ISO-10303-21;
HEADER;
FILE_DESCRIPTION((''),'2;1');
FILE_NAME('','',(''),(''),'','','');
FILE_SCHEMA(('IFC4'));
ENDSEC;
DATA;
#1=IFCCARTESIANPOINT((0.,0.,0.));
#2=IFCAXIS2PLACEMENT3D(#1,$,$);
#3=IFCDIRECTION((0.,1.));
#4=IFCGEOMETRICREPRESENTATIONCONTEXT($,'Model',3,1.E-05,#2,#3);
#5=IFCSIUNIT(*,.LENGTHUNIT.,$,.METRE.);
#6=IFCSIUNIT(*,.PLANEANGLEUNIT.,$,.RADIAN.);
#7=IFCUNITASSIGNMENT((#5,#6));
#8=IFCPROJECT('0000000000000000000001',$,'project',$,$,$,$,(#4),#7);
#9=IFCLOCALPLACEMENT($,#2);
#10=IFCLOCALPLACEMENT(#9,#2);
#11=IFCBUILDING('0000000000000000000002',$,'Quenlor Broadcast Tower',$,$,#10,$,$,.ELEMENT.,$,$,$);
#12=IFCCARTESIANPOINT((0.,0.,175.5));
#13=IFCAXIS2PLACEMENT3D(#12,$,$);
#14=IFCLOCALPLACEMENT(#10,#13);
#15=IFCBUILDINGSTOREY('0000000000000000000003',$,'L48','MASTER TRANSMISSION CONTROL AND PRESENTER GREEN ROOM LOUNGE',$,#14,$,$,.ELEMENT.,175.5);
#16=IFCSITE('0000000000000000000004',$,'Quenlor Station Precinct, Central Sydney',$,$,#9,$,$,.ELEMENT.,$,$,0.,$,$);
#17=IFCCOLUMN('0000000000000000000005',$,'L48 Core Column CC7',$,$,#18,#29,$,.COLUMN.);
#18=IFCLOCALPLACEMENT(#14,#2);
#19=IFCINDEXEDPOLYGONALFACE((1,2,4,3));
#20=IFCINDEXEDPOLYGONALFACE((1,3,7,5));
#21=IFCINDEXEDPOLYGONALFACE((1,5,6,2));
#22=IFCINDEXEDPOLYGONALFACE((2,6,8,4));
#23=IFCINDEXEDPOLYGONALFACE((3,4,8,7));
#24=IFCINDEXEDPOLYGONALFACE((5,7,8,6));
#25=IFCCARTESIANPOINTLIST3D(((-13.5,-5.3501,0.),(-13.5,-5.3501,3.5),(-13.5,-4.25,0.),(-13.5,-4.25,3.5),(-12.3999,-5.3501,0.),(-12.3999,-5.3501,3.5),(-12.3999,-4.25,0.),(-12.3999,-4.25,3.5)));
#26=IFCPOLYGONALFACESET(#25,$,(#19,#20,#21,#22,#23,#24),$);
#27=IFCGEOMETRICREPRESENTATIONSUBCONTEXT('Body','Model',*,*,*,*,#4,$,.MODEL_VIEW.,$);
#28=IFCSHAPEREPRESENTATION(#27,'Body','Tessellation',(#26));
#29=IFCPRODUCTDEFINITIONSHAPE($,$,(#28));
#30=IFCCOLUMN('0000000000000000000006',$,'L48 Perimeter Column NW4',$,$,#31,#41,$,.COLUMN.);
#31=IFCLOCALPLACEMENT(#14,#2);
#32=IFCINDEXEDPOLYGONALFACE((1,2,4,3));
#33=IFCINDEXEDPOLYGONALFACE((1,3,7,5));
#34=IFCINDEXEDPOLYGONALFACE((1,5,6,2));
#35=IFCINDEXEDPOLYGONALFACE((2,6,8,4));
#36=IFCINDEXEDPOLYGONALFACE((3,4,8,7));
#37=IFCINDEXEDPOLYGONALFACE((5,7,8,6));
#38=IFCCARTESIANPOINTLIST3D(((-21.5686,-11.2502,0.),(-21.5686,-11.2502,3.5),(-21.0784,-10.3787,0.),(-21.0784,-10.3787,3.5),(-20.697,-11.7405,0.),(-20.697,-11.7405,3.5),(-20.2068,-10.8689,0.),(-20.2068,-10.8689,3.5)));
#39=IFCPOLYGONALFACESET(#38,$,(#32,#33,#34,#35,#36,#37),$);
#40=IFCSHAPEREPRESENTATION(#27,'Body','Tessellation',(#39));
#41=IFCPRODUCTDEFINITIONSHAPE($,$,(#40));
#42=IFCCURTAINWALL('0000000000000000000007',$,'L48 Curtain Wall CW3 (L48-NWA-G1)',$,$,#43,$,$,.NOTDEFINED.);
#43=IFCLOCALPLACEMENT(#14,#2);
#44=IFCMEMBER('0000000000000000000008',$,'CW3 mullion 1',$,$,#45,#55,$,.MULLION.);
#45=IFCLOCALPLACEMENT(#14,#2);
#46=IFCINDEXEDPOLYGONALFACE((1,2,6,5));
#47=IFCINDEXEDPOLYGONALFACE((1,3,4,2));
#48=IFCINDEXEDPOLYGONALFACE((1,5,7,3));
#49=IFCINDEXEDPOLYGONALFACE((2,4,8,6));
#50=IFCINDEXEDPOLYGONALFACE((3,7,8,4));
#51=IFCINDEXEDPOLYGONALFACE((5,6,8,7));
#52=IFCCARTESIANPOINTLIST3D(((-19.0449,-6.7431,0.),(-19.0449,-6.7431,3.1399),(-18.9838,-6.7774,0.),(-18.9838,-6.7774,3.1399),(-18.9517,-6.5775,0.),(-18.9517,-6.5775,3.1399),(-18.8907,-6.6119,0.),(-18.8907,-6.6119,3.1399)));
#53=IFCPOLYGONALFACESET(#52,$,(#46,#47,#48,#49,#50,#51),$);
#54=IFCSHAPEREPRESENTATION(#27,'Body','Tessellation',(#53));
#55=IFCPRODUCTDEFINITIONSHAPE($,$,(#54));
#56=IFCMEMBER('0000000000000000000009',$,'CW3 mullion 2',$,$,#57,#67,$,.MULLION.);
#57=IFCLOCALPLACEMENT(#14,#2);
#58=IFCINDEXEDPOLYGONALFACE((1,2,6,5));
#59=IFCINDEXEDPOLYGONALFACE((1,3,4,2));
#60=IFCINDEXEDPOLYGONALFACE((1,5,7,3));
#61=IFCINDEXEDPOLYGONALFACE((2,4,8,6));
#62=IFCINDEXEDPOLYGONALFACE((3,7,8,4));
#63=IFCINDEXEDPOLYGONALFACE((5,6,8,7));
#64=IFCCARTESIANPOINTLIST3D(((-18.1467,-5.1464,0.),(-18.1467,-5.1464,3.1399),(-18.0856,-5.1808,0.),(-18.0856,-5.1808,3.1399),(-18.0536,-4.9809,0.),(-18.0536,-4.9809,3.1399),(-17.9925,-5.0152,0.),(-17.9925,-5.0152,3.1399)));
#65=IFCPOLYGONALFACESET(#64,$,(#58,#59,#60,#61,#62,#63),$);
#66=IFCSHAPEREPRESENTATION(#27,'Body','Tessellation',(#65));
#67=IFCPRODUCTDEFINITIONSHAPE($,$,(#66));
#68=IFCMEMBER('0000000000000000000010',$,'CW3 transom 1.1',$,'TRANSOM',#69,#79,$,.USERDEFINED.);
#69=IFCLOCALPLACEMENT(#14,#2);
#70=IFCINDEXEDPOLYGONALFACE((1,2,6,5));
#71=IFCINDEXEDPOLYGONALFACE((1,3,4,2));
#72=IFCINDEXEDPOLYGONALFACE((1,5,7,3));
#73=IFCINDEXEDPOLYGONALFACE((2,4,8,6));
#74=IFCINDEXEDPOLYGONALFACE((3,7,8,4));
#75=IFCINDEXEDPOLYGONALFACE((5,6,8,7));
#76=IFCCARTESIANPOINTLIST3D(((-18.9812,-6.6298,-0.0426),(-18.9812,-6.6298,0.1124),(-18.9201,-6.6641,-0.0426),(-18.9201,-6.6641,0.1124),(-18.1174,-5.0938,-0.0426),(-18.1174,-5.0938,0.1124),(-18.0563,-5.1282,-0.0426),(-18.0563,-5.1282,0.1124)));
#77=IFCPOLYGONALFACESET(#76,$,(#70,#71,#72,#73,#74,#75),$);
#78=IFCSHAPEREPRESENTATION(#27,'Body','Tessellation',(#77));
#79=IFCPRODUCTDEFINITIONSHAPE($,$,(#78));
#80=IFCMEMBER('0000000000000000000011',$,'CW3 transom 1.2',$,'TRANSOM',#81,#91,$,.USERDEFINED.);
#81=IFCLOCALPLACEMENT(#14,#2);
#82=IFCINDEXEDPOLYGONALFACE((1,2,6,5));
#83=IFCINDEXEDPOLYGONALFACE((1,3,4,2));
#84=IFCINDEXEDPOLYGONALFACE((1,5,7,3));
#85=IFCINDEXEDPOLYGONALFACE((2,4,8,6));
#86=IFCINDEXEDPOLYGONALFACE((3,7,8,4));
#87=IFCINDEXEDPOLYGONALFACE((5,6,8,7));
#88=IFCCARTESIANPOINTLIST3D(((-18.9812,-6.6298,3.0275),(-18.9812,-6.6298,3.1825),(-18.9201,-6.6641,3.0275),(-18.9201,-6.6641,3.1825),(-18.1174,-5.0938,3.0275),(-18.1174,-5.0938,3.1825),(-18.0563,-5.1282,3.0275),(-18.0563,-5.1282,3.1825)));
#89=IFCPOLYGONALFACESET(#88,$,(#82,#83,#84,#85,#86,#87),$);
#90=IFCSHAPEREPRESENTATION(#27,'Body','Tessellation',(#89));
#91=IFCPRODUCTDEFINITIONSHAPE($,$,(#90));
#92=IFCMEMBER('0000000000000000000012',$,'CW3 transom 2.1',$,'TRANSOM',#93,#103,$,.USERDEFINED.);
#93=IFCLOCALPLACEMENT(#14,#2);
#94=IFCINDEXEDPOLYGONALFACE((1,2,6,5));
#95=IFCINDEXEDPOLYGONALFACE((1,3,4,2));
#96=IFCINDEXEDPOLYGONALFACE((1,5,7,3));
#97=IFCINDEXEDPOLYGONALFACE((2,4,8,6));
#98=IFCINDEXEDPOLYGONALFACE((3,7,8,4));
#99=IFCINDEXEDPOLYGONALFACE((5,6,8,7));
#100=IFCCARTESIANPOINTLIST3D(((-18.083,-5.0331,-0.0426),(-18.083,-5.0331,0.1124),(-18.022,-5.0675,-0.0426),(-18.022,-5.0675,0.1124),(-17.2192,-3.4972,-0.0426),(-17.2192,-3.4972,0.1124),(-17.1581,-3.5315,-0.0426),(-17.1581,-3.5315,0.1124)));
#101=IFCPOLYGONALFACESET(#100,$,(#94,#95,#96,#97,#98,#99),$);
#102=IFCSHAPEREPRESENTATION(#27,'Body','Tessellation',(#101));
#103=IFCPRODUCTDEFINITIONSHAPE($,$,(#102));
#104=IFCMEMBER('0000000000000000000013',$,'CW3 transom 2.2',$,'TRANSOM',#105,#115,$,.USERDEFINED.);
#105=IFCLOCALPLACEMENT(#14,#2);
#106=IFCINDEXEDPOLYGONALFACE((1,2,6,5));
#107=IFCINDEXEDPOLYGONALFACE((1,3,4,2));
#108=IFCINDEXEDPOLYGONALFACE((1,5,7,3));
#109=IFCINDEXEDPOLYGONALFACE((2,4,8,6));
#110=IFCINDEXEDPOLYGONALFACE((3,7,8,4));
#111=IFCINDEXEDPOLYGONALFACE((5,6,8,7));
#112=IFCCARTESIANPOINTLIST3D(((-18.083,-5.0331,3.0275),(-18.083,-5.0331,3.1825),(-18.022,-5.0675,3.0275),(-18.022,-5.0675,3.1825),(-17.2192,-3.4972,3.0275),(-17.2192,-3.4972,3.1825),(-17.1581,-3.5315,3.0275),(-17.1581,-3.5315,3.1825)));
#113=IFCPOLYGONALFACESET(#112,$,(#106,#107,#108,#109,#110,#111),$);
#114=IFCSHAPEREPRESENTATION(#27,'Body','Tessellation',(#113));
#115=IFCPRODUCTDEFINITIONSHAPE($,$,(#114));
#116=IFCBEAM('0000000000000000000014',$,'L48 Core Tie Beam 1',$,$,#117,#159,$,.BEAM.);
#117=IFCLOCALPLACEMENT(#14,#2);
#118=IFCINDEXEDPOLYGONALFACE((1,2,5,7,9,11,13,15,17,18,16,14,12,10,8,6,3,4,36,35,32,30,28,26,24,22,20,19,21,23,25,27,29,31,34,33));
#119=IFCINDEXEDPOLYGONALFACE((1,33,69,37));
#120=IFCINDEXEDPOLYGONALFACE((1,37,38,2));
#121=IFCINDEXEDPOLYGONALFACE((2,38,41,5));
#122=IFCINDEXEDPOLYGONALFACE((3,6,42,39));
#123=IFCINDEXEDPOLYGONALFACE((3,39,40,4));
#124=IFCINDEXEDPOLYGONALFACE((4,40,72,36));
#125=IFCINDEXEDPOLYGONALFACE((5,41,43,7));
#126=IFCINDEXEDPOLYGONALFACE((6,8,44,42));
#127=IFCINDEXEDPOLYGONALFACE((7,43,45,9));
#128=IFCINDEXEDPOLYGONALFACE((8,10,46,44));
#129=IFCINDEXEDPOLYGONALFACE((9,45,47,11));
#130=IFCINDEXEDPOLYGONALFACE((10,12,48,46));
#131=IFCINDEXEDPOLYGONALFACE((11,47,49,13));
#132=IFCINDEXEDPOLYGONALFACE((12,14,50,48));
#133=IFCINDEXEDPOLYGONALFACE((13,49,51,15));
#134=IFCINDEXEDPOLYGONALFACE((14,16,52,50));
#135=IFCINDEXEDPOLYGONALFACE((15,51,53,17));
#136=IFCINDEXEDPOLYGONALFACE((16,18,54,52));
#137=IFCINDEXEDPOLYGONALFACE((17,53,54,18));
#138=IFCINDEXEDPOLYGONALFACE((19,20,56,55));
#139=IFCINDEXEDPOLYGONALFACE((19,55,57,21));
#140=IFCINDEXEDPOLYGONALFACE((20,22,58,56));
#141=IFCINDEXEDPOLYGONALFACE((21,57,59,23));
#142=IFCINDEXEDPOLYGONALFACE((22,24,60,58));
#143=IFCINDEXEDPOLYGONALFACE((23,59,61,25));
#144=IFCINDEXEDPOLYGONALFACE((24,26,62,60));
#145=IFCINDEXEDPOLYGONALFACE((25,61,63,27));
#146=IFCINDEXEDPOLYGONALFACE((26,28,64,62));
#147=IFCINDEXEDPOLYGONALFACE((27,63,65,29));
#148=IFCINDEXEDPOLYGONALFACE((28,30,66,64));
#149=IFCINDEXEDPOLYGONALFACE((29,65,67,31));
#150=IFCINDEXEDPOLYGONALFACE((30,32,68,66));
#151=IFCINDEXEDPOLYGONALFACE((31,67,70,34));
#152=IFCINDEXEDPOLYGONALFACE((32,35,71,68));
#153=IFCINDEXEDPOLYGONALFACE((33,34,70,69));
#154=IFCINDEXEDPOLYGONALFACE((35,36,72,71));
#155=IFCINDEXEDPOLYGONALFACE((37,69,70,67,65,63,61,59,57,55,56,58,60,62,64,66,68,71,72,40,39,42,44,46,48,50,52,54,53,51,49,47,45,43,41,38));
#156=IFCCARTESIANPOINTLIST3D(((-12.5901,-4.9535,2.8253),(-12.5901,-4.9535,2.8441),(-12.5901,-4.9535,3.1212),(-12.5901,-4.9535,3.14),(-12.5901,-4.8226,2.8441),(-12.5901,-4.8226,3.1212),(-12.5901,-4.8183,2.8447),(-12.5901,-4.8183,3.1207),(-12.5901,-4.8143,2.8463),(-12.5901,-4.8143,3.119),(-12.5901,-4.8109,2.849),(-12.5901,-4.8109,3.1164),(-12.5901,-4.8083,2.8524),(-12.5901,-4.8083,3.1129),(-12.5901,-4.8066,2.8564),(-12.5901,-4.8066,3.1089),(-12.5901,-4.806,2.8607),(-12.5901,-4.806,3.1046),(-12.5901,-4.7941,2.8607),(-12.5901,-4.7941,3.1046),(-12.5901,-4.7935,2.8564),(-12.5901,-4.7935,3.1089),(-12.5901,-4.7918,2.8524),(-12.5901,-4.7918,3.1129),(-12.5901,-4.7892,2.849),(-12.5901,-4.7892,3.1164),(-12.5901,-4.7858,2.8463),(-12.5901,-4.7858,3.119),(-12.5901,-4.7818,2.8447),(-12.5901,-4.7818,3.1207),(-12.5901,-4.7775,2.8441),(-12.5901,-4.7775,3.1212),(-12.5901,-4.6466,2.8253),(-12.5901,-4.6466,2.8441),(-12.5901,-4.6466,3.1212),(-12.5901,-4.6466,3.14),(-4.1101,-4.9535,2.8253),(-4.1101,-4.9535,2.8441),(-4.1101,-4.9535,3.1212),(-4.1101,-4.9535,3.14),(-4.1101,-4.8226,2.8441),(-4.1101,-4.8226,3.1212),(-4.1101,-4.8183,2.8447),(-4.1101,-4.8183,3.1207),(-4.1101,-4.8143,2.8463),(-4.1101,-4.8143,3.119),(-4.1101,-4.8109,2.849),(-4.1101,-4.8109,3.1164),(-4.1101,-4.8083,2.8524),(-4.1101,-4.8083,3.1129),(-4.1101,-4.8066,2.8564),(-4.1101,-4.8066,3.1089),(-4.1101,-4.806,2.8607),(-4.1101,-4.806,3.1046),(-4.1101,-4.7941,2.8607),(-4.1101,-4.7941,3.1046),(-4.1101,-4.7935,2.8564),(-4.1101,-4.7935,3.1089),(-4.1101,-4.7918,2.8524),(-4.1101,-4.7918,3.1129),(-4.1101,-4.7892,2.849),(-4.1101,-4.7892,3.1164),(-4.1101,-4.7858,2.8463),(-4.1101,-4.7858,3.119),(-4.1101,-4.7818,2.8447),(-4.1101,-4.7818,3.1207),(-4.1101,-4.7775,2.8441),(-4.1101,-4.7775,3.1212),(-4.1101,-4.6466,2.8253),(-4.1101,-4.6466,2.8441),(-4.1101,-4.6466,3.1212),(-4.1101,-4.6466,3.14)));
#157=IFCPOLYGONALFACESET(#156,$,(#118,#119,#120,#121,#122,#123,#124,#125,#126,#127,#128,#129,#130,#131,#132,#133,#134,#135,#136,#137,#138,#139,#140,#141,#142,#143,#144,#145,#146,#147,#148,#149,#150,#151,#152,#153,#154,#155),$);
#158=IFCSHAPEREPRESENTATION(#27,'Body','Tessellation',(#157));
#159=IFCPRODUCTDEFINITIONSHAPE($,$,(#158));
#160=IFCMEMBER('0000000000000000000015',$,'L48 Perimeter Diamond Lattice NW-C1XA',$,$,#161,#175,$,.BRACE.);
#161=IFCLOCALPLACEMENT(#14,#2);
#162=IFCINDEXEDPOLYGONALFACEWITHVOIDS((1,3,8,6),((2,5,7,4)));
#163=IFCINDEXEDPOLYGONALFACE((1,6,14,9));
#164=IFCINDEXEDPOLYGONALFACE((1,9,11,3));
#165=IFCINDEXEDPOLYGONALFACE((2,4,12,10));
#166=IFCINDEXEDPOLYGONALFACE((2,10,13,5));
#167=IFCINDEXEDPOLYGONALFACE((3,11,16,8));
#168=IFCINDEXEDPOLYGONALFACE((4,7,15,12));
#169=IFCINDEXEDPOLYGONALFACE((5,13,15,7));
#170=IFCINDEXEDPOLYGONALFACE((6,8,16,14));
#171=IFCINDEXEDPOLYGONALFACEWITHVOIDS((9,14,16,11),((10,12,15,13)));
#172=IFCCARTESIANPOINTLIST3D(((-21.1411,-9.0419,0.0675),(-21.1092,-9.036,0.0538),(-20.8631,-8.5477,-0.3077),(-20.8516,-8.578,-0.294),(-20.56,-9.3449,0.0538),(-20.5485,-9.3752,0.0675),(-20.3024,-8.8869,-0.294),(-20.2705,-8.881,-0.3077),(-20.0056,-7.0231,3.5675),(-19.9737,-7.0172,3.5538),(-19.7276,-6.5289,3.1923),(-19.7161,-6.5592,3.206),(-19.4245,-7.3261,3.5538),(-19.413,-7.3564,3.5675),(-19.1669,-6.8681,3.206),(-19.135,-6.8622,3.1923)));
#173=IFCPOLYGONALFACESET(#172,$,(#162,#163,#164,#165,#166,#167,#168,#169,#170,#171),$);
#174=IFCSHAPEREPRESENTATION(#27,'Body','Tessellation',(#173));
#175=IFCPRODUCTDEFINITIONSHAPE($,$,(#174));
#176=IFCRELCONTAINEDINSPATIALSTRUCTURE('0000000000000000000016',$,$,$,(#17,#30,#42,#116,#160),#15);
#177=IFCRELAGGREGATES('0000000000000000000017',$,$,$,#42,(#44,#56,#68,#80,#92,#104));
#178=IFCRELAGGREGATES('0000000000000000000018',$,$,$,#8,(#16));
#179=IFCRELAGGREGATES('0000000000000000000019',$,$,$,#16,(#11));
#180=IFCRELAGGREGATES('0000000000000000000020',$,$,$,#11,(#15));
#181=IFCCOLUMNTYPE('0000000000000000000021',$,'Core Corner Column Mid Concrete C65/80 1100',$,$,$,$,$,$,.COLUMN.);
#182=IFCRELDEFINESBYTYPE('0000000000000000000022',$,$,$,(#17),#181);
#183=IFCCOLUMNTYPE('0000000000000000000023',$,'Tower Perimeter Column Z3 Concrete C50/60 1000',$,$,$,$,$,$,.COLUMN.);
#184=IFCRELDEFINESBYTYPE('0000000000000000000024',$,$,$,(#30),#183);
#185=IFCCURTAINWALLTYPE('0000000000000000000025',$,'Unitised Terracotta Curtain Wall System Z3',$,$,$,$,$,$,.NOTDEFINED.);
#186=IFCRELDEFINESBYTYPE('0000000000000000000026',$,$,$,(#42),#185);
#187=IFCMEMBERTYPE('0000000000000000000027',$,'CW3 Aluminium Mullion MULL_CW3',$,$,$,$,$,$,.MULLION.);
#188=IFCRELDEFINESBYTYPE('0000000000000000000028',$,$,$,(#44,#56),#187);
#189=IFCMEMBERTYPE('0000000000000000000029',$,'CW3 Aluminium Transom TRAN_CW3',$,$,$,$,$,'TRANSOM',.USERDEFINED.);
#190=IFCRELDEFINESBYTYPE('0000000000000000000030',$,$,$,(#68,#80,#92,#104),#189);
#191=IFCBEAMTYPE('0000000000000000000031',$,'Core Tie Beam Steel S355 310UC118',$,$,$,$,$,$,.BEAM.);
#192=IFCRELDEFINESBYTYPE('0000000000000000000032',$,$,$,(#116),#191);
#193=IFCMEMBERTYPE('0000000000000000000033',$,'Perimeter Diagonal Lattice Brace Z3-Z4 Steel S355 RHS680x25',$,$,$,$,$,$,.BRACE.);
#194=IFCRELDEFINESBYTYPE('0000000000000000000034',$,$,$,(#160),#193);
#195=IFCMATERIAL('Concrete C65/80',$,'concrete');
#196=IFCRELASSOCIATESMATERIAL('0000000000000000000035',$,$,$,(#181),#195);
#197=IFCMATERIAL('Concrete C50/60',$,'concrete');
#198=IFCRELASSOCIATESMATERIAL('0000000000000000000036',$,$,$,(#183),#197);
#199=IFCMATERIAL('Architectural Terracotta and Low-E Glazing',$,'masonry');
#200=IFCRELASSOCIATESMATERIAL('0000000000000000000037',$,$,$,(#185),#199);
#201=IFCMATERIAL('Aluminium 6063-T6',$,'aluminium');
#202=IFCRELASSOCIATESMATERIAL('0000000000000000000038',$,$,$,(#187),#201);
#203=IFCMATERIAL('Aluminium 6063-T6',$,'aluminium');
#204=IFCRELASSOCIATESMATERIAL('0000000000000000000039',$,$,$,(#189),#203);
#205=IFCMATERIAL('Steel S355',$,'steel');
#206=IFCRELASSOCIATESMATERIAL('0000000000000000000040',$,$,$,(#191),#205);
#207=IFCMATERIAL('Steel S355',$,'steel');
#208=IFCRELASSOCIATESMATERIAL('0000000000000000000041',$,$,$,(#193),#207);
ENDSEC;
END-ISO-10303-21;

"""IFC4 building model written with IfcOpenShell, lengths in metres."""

from ifc_helpers import new_model, si_unit, direction, frame, origin, origin_2d, place, context, subcontext, project, spatial, rectangle, hollow_rectangle, i_section, extrude, material, material_profile, profile_set, type_object, element, aggregate, save


model = new_model("IFC4")

# Units and contexts
model_context = context("Model", 3, precision=1e-05, world=origin(), true_north=direction((0.0, 1.0)))
body_context = subcontext(model_context, "Body", "Model", "MODEL_VIEW")
ifc_project = project(units=[si_unit("LENGTHUNIT", "METRE"), si_unit("PLANEANGLEUNIT", "RADIAN")], contexts=[model_context])

# Site, building, storey
site_placement = place(None, origin())
site = spatial("IfcSite", under=ifc_project, at=site_placement, Name="Quenlor Station Precinct, Central Sydney", CompositionType="ELEMENT", RefElevation=0.0)
building_placement = place(site_placement, origin())
building = spatial("IfcBuilding", under=site, at=building_placement, Name="Quenlor Broadcast Tower", CompositionType="ELEMENT")
storey_placement = place(building_placement, frame((0.0, 0.0, 175.5)))
storey = spatial("IfcBuildingStorey", under=building, at=storey_placement, Name="L48", Description="MASTER TRANSMISSION CONTROL AND PRESENTER GREEN ROOM LOUNGE", CompositionType="ELEMENT", Elevation=175.5)

# Columns
ifc_material_1 = material(Name="Concrete C65/80", Category="concrete")
ifc_material_profile_1 = material_profile(ifc_material_1, rectangle(XDim=1.1001, YDim=1.1001, at=origin_2d()))
ifc_profile_set_1 = profile_set([ifc_material_profile_1], Name="Concrete C65/80 RC1100x1100")
column_type_1 = type_object("IfcColumnType", Name="Core Corner Column Mid Concrete C65/80 1100", PredefinedType="COLUMN", material=ifc_profile_set_1)
column_1_placement = place(storey_placement, frame((-12.95, -4.8, 0.0), z_axis=(0.0, 0.0, 1.0), x_axis=(1.0, 0.0, 0.0)))
element("IfcColumn", 1, at=column_1_placement, inside=storey, type_object=column_type_1, Name="L48 Core Column CC7", PredefinedType="COLUMN", context=body_context, shape_type="SweptSolid", body=[
    extrude(rectangle(XDim=1.1001, YDim=1.1001, at=origin_2d()), origin(), (0.0, 0.0, 1.0), 3.5),
])
ifc_material_2 = material(Name="Concrete C50/60", Category="concrete")
ifc_material_profile_2 = material_profile(ifc_material_2, rectangle(XDim=1.0, YDim=1.0, at=origin_2d()))
ifc_profile_set_2 = profile_set([ifc_material_profile_2], Name="Concrete C50/60 RC1000x1000")
column_type_2 = type_object("IfcColumnType", Name="Tower Perimeter Column Z3 Concrete C50/60 1000", PredefinedType="COLUMN", material=ifc_profile_set_2)
column_2_placement = place(storey_placement, frame((-20.8877, -11.0596, 0.0), z_axis=(0.0, 0.0, 1.0), x_axis=(-0.871575, 0.490262, 0.0)))
element("IfcColumn", 2, at=column_2_placement, inside=storey, type_object=column_type_2, Name="L48 Perimeter Column NW4", PredefinedType="COLUMN", context=body_context, shape_type="SweptSolid", body=[
    extrude(rectangle(XDim=1.0, YDim=1.0, at=origin_2d()), origin(), (0.0, 0.0, 1.0), 3.5),
])

# Curtain wall, members
ifc_material_3 = material(Name="Architectural Terracotta and Low-E Glazing", Category="masonry")
curtain_wall_type = type_object("IfcCurtainWallType", Name="Unitised Terracotta Curtain Wall System Z3", PredefinedType="NOTDEFINED", material=ifc_material_3)
curtain_wall_placement = place(storey_placement, origin())
curtain_wall = element("IfcCurtainWall", 3, at=curtain_wall_placement, inside=storey, type_object=curtain_wall_type, Name="L48 Curtain Wall CW3 (L48-NWA-G1)", PredefinedType="NOTDEFINED")
ifc_material_4 = material(Name="Aluminium 6063-T6", Category="aluminium")
ifc_material_profile_3 = material_profile(ifc_material_4, rectangle(XDim=0.0701, YDim=0.1899, at=origin_2d()))
ifc_profile_set_3 = profile_set([ifc_material_profile_3], Name="Aluminium 6063-T6 MULL70x190")
member_type_1 = type_object("IfcMemberType", Name="CW3 Aluminium Mullion MULL_CW3", PredefinedType="MULLION", material=ifc_profile_set_3)
member_1_placement = place(storey_placement, frame((-18.9678, -6.6775, 0.0), z_axis=(0.0, 0.0, 1.0), x_axis=(-0.871577, 0.490259, 0.0)))
member_1 = element("IfcMember", 4, at=member_1_placement, type_object=member_type_1, Name="CW3 mullion 1", PredefinedType="MULLION", context=body_context, shape_type="SweptSolid", body=[
    extrude(rectangle(XDim=0.0701, YDim=0.1899, at=origin_2d()), origin(), (0.0, 0.0, 1.0), 3.1399),
])
member_2_placement = place(storey_placement, frame((-18.0696, -5.0808, 0.0), z_axis=(0.0, 0.0, 1.0), x_axis=(-0.871577, 0.490259, 0.0)))
member_2 = element("IfcMember", 5, at=member_2_placement, type_object=member_type_1, Name="CW3 mullion 2", PredefinedType="MULLION", context=body_context, shape_type="SweptSolid", body=[
    extrude(rectangle(XDim=0.0701, YDim=0.1899, at=origin_2d()), origin(), (0.0, 0.0, 1.0), 3.1399),
])
ifc_material_5 = material(Name="Aluminium 6063-T6", Category="aluminium")
ifc_material_profile_4 = material_profile(ifc_material_5, rectangle(XDim=0.0701, YDim=0.155, at=origin_2d()))
ifc_profile_set_4 = profile_set([ifc_material_profile_4], Name="Aluminium 6063-T6 TRAN70x155")
member_type_2 = type_object("IfcMemberType", Name="CW3 Aluminium Transom TRAN_CW3", ElementType="TRANSOM", PredefinedType="USERDEFINED", material=ifc_profile_set_4)
member_3_placement = place(storey_placement, frame((-18.9507, -6.647, 0.0349), z_axis=(0.490189, 0.871616, 0.0), x_axis=(-0.871616, 0.490189, 0.0)))
member_3 = element("IfcMember", 6, at=member_3_placement, type_object=member_type_2, Name="CW3 transom 1.1", ObjectType="TRANSOM", PredefinedType="USERDEFINED", context=body_context, shape_type="SweptSolid", body=[
    extrude(rectangle(XDim=0.0701, YDim=0.155, at=origin_2d()), origin(), (0.0, 0.0, 1.0), 1.7622),
])
member_4_placement = place(storey_placement, frame((-18.9507, -6.647, 3.105), z_axis=(0.490189, 0.871616, 0.0), x_axis=(-0.871616, 0.490189, 0.0)))
member_4 = element("IfcMember", 7, at=member_4_placement, type_object=member_type_2, Name="CW3 transom 1.2", ObjectType="TRANSOM", PredefinedType="USERDEFINED", context=body_context, shape_type="SweptSolid", body=[
    extrude(rectangle(XDim=0.0701, YDim=0.155, at=origin_2d()), origin(), (0.0, 0.0, 1.0), 1.7622),
])
member_5_placement = place(storey_placement, frame((-18.0525, -5.0503, 0.0349), z_axis=(0.490189, 0.871616, 0.0), x_axis=(-0.871616, 0.490189, 0.0)))
member_5 = element("IfcMember", 8, at=member_5_placement, type_object=member_type_2, Name="CW3 transom 2.1", ObjectType="TRANSOM", PredefinedType="USERDEFINED", context=body_context, shape_type="SweptSolid", body=[
    extrude(rectangle(XDim=0.0701, YDim=0.155, at=origin_2d()), origin(), (0.0, 0.0, 1.0), 1.7622),
])
member_6_placement = place(storey_placement, frame((-18.0525, -5.0503, 3.105), z_axis=(0.490189, 0.871616, 0.0), x_axis=(-0.871616, 0.490189, 0.0)))
member_6 = element("IfcMember", 9, at=member_6_placement, type_object=member_type_2, Name="CW3 transom 2.2", ObjectType="TRANSOM", PredefinedType="USERDEFINED", context=body_context, shape_type="SweptSolid", body=[
    extrude(rectangle(XDim=0.0701, YDim=0.155, at=origin_2d()), origin(), (0.0, 0.0, 1.0), 1.7622),
])

# Beam
ifc_material_6 = material(Name="Steel S355", Category="steel")
ifc_material_profile_5 = material_profile(ifc_material_6, i_section(OverallWidth=0.3069, OverallDepth=0.3147, WebThickness=0.012, FlangeThickness=0.0188, FilletRadius=0.0166, at=origin_2d()))
ifc_profile_set_5 = profile_set([ifc_material_profile_5], Name="Steel S355 310UC118")
beam_type_1 = type_object("IfcBeamType", Name="Core Tie Beam Steel S355 310UC118", PredefinedType="BEAM", material=ifc_profile_set_5)
beam_1_placement = place(storey_placement, frame((-12.5901, -4.8, 2.9827), z_axis=(1.0, 0.0, 0.0), x_axis=(0.0, 1.0, 0.0)))
element("IfcBeam", 10, at=beam_1_placement, inside=storey, type_object=beam_type_1, Name="L48 Core Tie Beam 1", PredefinedType="BEAM", context=body_context, shape_type="SweptSolid", body=[
    extrude(i_section(OverallWidth=0.3069, OverallDepth=0.3147, WebThickness=0.012, FlangeThickness=0.0188, FilletRadius=0.0166, at=origin_2d()), origin(), (0.0, 0.0, 1.0), 8.48),
])

# Member
ifc_material_7 = material(Name="Steel S355", Category="steel")
ifc_material_profile_6 = material_profile(ifc_material_7, hollow_rectangle(XDim=0.6799, YDim=0.6799, WallThickness=0.0249, at=origin_2d()))
ifc_profile_set_6 = profile_set([ifc_material_profile_6], Name="Steel S355 RHS680x680x25")
member_type_3 = type_object("IfcMemberType", Name="Perimeter Diagonal Lattice Brace Z3-Z4 Steel S355 RHS680x25", PredefinedType="BRACE", material=ifc_profile_set_6)
member_7_placement = place(storey_placement, frame((-20.7058, -8.9614, -0.1201), z_axis=(0.270549, 0.481009, 0.833927), x_axis=(-0.87159, 0.490236, 0.0)))
element("IfcMember", 11, at=member_7_placement, inside=storey, type_object=member_type_3, Name="L48 Perimeter Diamond Lattice NW-C1XA", PredefinedType="BRACE", context=body_context, shape_type="SweptSolid", body=[
    extrude(hollow_rectangle(XDim=0.6799, YDim=0.6799, WallThickness=0.0249, at=origin_2d()), origin(), (0.0, 0.0, 1.0), 4.197),
])

aggregate(curtain_wall, [member_1, member_2, member_3, member_4, member_5, member_6])

save(model, "model.ifc")
